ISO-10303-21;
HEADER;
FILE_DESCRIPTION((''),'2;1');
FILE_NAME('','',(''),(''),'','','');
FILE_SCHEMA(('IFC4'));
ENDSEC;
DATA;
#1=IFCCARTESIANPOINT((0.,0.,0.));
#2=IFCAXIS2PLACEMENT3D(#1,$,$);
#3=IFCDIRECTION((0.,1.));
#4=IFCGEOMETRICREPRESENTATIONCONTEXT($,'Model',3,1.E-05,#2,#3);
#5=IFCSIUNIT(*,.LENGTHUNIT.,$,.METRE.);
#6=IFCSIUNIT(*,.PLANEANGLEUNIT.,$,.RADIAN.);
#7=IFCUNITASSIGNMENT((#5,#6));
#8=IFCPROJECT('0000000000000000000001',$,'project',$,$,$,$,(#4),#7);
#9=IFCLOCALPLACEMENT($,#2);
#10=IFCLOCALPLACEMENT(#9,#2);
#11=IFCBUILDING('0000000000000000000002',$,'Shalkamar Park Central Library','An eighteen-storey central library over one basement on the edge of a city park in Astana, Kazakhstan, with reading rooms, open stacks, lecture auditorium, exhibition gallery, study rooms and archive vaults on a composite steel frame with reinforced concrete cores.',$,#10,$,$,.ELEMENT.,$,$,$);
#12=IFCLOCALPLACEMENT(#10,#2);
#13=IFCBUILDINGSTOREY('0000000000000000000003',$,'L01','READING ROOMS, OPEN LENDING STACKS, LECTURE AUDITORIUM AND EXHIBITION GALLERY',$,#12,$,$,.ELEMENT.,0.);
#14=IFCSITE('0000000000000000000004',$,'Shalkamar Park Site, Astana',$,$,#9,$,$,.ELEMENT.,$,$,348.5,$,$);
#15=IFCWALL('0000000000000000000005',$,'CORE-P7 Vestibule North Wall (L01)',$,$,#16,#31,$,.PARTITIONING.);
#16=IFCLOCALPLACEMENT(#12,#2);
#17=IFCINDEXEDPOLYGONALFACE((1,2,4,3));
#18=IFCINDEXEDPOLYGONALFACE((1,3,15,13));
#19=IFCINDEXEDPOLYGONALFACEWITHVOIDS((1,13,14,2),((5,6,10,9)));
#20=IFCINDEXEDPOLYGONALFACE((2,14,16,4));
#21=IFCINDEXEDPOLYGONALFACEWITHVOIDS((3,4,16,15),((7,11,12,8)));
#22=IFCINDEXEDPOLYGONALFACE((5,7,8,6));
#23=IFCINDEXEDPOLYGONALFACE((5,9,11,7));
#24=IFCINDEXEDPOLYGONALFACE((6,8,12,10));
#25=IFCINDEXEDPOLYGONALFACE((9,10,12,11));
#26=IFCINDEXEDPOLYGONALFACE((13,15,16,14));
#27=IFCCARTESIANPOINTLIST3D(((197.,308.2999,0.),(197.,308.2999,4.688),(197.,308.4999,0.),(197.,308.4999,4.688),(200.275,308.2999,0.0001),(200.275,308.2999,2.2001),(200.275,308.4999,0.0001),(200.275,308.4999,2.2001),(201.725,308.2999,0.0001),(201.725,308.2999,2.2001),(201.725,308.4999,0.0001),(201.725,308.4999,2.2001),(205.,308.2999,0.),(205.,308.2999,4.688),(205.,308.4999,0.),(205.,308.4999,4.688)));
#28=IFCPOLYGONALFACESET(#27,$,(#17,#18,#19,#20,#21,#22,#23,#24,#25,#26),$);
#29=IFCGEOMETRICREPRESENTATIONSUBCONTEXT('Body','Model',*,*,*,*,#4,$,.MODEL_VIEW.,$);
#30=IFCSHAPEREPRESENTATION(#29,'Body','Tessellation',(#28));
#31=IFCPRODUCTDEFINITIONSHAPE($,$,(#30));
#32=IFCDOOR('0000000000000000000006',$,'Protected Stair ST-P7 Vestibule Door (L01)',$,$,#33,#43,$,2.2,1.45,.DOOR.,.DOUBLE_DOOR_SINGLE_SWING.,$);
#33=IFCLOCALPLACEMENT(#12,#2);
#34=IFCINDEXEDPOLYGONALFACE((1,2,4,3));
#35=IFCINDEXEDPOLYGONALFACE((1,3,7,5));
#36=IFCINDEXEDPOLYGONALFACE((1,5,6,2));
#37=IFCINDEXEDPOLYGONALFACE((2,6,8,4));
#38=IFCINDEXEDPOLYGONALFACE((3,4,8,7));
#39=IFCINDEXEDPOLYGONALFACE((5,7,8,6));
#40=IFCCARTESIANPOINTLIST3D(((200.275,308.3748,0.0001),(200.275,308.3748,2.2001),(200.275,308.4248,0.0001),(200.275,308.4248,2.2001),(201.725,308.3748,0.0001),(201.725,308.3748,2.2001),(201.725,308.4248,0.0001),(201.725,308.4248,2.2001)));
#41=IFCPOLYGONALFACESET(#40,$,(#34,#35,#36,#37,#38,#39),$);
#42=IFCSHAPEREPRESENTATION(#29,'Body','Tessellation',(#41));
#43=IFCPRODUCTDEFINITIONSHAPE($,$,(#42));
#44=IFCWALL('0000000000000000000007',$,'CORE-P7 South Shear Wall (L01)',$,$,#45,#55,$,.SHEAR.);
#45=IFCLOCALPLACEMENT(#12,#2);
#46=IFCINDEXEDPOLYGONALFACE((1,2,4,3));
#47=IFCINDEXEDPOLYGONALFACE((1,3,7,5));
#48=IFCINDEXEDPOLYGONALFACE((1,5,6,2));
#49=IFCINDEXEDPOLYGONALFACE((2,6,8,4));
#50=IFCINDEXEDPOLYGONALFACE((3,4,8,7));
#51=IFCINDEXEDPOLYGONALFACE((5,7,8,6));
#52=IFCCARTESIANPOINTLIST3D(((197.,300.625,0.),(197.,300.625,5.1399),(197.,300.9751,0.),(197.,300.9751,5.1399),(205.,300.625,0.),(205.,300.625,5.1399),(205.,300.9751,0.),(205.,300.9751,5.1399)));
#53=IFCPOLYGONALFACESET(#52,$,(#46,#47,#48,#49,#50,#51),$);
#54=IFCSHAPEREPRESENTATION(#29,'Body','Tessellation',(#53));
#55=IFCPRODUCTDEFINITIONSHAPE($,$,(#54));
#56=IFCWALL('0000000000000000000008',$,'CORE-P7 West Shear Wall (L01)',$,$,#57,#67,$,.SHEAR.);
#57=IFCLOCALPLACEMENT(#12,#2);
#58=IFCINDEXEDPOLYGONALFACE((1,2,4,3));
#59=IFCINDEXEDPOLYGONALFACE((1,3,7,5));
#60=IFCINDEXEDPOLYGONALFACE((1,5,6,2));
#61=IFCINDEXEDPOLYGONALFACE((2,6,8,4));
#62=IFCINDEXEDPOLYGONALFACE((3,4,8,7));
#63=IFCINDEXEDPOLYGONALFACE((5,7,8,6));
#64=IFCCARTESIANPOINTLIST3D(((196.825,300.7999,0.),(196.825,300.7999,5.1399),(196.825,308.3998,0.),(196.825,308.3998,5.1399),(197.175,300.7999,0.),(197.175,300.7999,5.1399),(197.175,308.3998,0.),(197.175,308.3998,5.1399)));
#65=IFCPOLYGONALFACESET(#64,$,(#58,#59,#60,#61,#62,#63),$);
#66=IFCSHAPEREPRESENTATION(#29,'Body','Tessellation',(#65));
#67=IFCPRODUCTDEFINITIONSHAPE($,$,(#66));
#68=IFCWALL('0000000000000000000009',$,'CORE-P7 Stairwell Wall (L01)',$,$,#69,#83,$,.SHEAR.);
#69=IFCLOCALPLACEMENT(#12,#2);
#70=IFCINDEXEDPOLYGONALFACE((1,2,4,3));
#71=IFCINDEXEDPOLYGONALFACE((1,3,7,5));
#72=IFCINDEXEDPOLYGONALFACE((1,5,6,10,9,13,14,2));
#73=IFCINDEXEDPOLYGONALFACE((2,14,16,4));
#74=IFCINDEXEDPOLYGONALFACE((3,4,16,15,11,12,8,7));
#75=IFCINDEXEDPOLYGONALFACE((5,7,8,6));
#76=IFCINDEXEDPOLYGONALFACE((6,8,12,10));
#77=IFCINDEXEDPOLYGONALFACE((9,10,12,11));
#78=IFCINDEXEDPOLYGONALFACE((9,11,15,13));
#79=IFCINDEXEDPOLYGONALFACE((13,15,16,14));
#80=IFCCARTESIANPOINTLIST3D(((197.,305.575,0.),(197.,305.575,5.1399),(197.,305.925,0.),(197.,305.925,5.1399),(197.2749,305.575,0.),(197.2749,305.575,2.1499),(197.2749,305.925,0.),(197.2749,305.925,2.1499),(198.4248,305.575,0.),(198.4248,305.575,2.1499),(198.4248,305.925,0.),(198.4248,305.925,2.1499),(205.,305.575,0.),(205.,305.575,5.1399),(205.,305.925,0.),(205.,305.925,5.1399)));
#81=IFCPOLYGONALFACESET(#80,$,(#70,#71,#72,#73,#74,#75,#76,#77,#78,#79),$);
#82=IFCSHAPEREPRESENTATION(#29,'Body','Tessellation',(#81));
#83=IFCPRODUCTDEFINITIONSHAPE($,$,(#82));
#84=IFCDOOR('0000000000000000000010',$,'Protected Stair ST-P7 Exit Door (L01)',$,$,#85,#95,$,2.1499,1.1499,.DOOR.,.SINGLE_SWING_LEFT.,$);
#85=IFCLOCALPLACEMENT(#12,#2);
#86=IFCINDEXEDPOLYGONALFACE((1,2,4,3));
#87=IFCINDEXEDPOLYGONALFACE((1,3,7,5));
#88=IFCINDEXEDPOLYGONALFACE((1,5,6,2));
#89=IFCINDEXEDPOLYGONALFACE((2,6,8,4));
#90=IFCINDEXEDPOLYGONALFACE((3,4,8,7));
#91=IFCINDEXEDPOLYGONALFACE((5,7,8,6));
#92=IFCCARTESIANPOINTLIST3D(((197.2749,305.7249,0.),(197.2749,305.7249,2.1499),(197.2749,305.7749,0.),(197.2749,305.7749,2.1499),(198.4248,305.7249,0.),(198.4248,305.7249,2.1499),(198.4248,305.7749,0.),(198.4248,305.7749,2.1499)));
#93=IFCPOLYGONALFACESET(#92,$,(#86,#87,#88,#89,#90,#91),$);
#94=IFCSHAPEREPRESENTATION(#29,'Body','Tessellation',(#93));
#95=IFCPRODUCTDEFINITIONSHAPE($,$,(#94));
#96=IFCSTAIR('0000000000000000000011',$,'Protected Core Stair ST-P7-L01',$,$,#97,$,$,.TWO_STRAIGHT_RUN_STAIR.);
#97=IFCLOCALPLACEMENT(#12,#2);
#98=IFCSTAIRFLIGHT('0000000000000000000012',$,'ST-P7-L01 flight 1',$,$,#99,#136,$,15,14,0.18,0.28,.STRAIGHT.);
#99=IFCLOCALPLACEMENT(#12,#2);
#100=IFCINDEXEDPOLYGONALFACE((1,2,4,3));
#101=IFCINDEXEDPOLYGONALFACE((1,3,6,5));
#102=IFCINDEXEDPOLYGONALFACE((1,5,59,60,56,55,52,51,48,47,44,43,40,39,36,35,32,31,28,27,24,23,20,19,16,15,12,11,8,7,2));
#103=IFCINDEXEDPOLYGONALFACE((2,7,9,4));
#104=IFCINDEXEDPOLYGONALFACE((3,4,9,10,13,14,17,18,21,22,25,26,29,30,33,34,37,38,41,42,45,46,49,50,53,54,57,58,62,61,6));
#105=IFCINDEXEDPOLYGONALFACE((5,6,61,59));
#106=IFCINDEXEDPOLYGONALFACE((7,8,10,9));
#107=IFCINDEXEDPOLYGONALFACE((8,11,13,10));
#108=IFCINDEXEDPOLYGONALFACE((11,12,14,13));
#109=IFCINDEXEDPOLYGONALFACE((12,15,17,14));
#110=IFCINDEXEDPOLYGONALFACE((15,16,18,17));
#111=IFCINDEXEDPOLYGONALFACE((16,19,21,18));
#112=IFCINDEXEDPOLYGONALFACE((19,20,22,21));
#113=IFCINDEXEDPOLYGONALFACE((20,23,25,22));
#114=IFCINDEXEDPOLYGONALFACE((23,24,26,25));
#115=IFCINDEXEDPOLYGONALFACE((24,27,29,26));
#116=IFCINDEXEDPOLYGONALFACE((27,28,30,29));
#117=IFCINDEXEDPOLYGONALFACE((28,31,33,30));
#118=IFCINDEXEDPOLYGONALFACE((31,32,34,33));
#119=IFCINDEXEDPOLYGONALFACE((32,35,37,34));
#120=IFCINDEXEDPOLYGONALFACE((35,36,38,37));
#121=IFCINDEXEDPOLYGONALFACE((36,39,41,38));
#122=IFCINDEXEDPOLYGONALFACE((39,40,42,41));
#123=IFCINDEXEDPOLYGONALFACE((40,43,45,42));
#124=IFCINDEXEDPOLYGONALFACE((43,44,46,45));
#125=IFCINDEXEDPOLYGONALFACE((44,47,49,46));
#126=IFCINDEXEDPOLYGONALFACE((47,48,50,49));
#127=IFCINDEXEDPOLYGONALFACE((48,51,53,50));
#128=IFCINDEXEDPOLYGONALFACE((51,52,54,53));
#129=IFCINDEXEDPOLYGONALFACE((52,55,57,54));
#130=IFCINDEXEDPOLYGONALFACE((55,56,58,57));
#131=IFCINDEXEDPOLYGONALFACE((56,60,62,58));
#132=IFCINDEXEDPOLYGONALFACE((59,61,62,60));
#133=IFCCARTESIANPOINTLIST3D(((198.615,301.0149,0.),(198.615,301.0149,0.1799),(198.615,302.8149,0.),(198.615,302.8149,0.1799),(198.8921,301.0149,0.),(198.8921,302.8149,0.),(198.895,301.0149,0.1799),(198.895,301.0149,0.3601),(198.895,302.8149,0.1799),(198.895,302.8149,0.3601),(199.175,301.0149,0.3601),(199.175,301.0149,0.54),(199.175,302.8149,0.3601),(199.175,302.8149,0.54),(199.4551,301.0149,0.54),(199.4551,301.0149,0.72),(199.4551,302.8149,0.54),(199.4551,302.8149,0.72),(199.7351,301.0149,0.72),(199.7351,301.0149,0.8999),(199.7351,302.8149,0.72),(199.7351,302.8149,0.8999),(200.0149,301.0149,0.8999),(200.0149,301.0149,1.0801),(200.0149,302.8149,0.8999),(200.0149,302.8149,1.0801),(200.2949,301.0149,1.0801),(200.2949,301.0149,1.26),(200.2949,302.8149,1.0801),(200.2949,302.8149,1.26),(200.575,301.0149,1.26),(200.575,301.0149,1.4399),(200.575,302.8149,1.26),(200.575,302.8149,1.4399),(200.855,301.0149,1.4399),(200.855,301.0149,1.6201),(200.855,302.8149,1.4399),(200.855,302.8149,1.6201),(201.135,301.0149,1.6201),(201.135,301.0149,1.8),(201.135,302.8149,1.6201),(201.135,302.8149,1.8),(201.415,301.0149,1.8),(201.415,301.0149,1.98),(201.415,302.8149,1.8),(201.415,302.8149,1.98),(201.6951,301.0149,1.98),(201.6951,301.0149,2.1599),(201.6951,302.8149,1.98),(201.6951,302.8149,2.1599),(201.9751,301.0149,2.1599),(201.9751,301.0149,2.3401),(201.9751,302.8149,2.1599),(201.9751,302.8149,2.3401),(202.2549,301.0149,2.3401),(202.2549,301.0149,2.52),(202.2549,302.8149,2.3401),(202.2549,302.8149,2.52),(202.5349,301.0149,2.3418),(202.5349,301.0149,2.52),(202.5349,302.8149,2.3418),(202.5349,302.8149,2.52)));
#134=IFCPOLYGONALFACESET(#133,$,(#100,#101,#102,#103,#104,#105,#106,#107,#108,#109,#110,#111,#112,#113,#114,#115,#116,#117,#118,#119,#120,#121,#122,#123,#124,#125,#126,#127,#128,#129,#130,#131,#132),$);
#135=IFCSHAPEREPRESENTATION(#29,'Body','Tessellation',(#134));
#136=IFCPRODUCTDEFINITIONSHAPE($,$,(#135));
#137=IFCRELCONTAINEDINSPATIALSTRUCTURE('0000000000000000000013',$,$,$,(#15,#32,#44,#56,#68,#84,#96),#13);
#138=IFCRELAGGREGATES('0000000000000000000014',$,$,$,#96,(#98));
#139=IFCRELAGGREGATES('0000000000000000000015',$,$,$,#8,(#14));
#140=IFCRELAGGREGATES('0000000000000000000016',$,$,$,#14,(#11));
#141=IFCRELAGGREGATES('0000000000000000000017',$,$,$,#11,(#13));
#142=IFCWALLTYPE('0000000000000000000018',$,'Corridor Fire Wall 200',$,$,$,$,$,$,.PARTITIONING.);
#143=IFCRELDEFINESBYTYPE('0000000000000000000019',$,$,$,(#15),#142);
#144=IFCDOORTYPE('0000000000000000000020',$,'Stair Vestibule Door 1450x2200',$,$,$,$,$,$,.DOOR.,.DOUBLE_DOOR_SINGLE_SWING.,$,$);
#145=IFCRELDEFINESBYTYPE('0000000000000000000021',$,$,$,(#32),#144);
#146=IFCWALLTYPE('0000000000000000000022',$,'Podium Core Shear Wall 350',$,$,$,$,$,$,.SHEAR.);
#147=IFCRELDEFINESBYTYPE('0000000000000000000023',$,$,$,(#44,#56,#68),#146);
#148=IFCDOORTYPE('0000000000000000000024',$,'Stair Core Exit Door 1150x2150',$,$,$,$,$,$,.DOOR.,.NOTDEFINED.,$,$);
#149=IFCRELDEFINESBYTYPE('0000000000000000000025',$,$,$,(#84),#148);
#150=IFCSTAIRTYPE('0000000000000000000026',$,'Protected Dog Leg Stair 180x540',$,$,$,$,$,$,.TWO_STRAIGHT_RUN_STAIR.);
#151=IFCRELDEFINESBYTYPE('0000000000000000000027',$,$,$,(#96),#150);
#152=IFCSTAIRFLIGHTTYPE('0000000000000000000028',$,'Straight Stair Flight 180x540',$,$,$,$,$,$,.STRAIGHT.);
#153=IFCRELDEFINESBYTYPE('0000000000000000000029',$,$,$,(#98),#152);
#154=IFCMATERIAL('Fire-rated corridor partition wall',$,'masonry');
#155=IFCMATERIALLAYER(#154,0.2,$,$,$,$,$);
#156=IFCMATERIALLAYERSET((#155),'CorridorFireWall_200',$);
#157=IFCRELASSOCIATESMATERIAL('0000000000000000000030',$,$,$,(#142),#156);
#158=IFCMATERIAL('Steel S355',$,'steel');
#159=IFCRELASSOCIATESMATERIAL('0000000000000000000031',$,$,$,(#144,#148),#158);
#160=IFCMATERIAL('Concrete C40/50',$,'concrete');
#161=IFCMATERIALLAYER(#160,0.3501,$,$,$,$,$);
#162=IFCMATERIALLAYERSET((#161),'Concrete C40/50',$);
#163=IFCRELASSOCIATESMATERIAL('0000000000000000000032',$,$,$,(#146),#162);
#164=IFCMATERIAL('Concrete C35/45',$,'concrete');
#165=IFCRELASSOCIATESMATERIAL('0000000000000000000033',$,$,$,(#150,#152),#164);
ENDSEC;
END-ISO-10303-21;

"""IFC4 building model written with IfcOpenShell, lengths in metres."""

from ifc_helpers import new_model, si_unit, direction, frame, frame_2d, origin, place, context, subcontext, project, spatial, polyline, rectangle, outline, extrude, material, layer, layer_set, type_object, element, fill, aggregate, save


model = new_model("IFC4")

# Units and contexts
model_context = context("Model", 3, precision=1e-05, world=origin(), true_north=direction((0.0, 1.0)))
body_context = subcontext(model_context, "Body", "Model", "MODEL_VIEW")
ifc_project = project(units=[si_unit("LENGTHUNIT", "METRE"), si_unit("PLANEANGLEUNIT", "RADIAN")], contexts=[model_context])

# Site, building, storey
site_placement = place(None, origin())
site = spatial("IfcSite", under=ifc_project, at=site_placement, Name="Shalkamar Park Site, Astana", CompositionType="ELEMENT", RefElevation=348.5)
building_placement = place(site_placement, origin())
building = spatial("IfcBuilding", under=site, at=building_placement, Name="Shalkamar Park Central Library", Description="An eighteen-storey central library over one basement on the edge of a city park in Astana, Kazakhstan, with reading rooms, open stacks, lecture auditorium, exhibition gallery, study rooms and archive vaults on a composite steel frame with reinforced concrete cores.", CompositionType="ELEMENT")
storey_placement = place(building_placement, origin())
storey = spatial("IfcBuildingStorey", under=building, at=storey_placement, Name="L01", Description="READING ROOMS, OPEN LENDING STACKS, LECTURE AUDITORIUM AND EXHIBITION GALLERY", CompositionType="ELEMENT", Elevation=0.0)

# Shared definitions
ifc_material_1 = material(Name="Steel S355", Category="steel")

# Wall, opening, door
ifc_material_2 = material(Name="Fire-rated corridor partition wall", Category="masonry")
ifc_layer_1 = layer(ifc_material_2, 0.2)
ifc_layer_set_1 = layer_set([ifc_layer_1], Name="CorridorFireWall_200")
wall_type_1 = type_object("IfcWallType", Name="Corridor Fire Wall 200", PredefinedType="PARTITIONING", material=ifc_layer_set_1)
wall_1_placement = place(storey_placement, frame((197.0, 308.3999, 0.0), z_axis=(0.0, 0.0, 1.0), x_axis=(1.0, 0.0, 0.0)))
wall_1 = element("IfcWall", 1, at=wall_1_placement, inside=storey, type_object=wall_type_1, Name="CORE-P7 Vestibule North Wall (L01)", PredefinedType="PARTITIONING", context=body_context, shape_type="SweptSolid", body=[
    extrude(rectangle(XDim=8.0, YDim=0.2, at=frame_2d((4.0, 0.0))), origin(), (0.0, 0.0, 1.0), 4.688),
])
opening_1_placement = place(wall_1_placement, frame((3.2749, 0.0, 0.0)))
opening_1 = element("IfcOpeningElement", 2, at=opening_1_placement, cuts=wall_1, PredefinedType="OPENING", context=body_context, shape_type="SweptSolid", body=[
    extrude(rectangle(XDim=1.45, YDim=2.2, at=frame_2d((0.7251, 1.1001))), frame((0.0, 0.1147, 0.0), z_axis=(0.0, -1.0, 0.0), x_axis=(1.0, 0.0, 0.0)), (0.0, 0.0, 1.0), 0.2297),
])
door_type_1 = type_object("IfcDoorType", Name="Stair Vestibule Door 1450x2200", OperationType="DOUBLE_DOOR_SINGLE_SWING", PredefinedType="DOOR", material=ifc_material_1)
door_1_placement = place(opening_1_placement, origin())
door_1 = element("IfcDoor", 3, at=door_1_placement, inside=storey, type_object=door_type_1, Name="Protected Stair ST-P7 Vestibule Door (L01)", OperationType="DOUBLE_DOOR_SINGLE_SWING", OverallHeight=2.2, OverallWidth=1.45, PredefinedType="DOOR", context=body_context, shape_type="SweptSolid", body=[
    extrude(rectangle(XDim=1.45, YDim=2.2, at=frame_2d((0.7251, 1.1001))), frame((0.0, 0.0249, 0.0), z_axis=(0.0, -1.0, 0.0), x_axis=(1.0, 0.0, 0.0)), (0.0, 0.0, 1.0), 0.05),
])
fill(opening_1, door_1)

# Walls
ifc_material_3 = material(Name="Concrete C40/50", Category="concrete")
ifc_layer_2 = layer(ifc_material_3, 0.3501)
ifc_layer_set_2 = layer_set([ifc_layer_2], Name="Concrete C40/50")
wall_type_2 = type_object("IfcWallType", Name="Podium Core Shear Wall 350", PredefinedType="SHEAR", material=ifc_layer_set_2)
wall_2_placement = place(storey_placement, frame((197.0, 300.8, 0.0), z_axis=(0.0, 0.0, 1.0), x_axis=(1.0, 0.0, 0.0)))
element("IfcWall", 4, at=wall_2_placement, inside=storey, type_object=wall_type_2, Name="CORE-P7 South Shear Wall (L01)", PredefinedType="SHEAR", context=body_context, shape_type="SweptSolid", body=[
    extrude(rectangle(XDim=8.0, YDim=0.3501, at=frame_2d((4.0, 0.0))), origin(), (0.0, 0.0, 1.0), 5.1399),
])
wall_3_placement = place(storey_placement, frame((197.0, 300.8, 0.0), z_axis=(0.0, 0.0, 1.0), x_axis=(0.0, 1.0, 0.0)))
element("IfcWall", 5, at=wall_3_placement, inside=storey, type_object=wall_type_2, Name="CORE-P7 West Shear Wall (L01)", PredefinedType="SHEAR", context=body_context, shape_type="SweptSolid", body=[
    extrude(rectangle(XDim=7.5999, YDim=0.3501, at=frame_2d((3.7998, 0.0))), origin(), (0.0, 0.0, 1.0), 5.1399),
])

# Wall, opening, door
wall_4_placement = place(storey_placement, frame((197.0, 305.75, 0.0), z_axis=(0.0, 0.0, 1.0), x_axis=(1.0, 0.0, 0.0)))
wall_4 = element("IfcWall", 6, at=wall_4_placement, inside=storey, type_object=wall_type_2, Name="CORE-P7 Stairwell Wall (L01)", PredefinedType="SHEAR", context=body_context, shape_type="SweptSolid", body=[
    extrude(rectangle(XDim=8.0, YDim=0.3501, at=frame_2d((4.0, 0.0))), origin(), (0.0, 0.0, 1.0), 5.1399),
])
opening_2_placement = place(wall_4_placement, frame((0.2749, 0.0, 0.0)))
opening_2 = element("IfcOpeningElement", 7, at=opening_2_placement, cuts=wall_4, PredefinedType="OPENING", context=body_context, shape_type="SweptSolid", body=[
    extrude(rectangle(XDim=1.1499, YDim=2.1499, at=frame_2d((0.575, 1.075))), frame((0.0, 0.1899, 0.0), z_axis=(0.0, -1.0, 0.0), x_axis=(1.0, 0.0, 0.0)), (0.0, 0.0, 1.0), 0.3799),
])
door_type_2 = type_object("IfcDoorType", Name="Stair Core Exit Door 1150x2150", OperationType="NOTDEFINED", PredefinedType="DOOR", material=ifc_material_1)
door_2_placement = place(opening_2_placement, origin())
door_2 = element("IfcDoor", 8, at=door_2_placement, inside=storey, type_object=door_type_2, Name="Protected Stair ST-P7 Exit Door (L01)", OperationType="SINGLE_SWING_LEFT", OverallHeight=2.1499, OverallWidth=1.1499, PredefinedType="DOOR", context=body_context, shape_type="SweptSolid", body=[
    extrude(rectangle(XDim=1.1499, YDim=2.1499, at=frame_2d((0.575, 1.075))), frame((0.0, 0.0249, 0.0), z_axis=(0.0, -1.0, 0.0), x_axis=(1.0, 0.0, 0.0)), (0.0, 0.0, 1.0), 0.05),
])
fill(opening_2, door_2)

# Stair, stair flight
ifc_material_4 = material(Name="Concrete C35/45", Category="concrete")
stair_type = type_object("IfcStairType", Name="Protected Dog Leg Stair 180x540", PredefinedType="TWO_STRAIGHT_RUN_STAIR", material=ifc_material_4)
stair_placement = place(storey_placement, origin())
stair = element("IfcStair", 9, at=stair_placement, inside=storey, type_object=stair_type, Name="Protected Core Stair ST-P7-L01", PredefinedType="TWO_STRAIGHT_RUN_STAIR")
stair_flight_type = type_object("IfcStairFlightType", Name="Straight Stair Flight 180x540", PredefinedType="STRAIGHT", material=ifc_material_4)
stair_flight_placement = place(storey_placement, frame((198.615, 301.915, 0.0), z_axis=(0.0, 0.0, 1.0), x_axis=(1.0, 0.0, 0.0)))
stair_flight = element("IfcStairFlight", 10, at=stair_flight_placement, type_object=stair_flight_type, Name="ST-P7-L01 flight 1", NumberOfRisers=15, NumberOfTreads=14, PredefinedType="STRAIGHT", RiserHeight=0.18, TreadLength=0.28, context=body_context, shape_type="SweptSolid", body=[
    extrude(outline(polyline([(0.0, 0.0), (0.0, 0.1799), (0.28, 0.1799), (0.28, 0.3601), (0.5601, 0.3601), (0.5601, 0.54), (0.8401, 0.54), (0.8401, 0.72), (1.1201, 0.72), (1.1201, 0.8999), (1.3999, 0.8999), (1.3999, 1.0801), (1.6799, 1.0801), (1.6799, 1.26), (1.96, 1.26), (1.96, 1.4399), (2.24, 1.4399), (2.24, 1.6201), (2.52, 1.6201), (2.52, 1.8), (2.8, 1.8), (2.8, 1.98), (3.0801, 1.98), (3.0801, 2.1599), (3.3601, 2.1599), (3.3601, 2.3401), (3.6399, 2.3401), (3.6399, 2.52), (3.9199, 2.52), (3.9199, 2.7), (3.9199, 2.3418), (0.2771, 0.0), (0.0, 0.0)])), frame((0.0, 0.8999, 0.0), z_axis=(0.0, -1.0, 0.0), x_axis=(1.0, 0.0, 0.0)), (0.0, 0.0, 1.0), 1.8),
])
aggregate(stair, [stair_flight])

save(model, "model.ifc")
